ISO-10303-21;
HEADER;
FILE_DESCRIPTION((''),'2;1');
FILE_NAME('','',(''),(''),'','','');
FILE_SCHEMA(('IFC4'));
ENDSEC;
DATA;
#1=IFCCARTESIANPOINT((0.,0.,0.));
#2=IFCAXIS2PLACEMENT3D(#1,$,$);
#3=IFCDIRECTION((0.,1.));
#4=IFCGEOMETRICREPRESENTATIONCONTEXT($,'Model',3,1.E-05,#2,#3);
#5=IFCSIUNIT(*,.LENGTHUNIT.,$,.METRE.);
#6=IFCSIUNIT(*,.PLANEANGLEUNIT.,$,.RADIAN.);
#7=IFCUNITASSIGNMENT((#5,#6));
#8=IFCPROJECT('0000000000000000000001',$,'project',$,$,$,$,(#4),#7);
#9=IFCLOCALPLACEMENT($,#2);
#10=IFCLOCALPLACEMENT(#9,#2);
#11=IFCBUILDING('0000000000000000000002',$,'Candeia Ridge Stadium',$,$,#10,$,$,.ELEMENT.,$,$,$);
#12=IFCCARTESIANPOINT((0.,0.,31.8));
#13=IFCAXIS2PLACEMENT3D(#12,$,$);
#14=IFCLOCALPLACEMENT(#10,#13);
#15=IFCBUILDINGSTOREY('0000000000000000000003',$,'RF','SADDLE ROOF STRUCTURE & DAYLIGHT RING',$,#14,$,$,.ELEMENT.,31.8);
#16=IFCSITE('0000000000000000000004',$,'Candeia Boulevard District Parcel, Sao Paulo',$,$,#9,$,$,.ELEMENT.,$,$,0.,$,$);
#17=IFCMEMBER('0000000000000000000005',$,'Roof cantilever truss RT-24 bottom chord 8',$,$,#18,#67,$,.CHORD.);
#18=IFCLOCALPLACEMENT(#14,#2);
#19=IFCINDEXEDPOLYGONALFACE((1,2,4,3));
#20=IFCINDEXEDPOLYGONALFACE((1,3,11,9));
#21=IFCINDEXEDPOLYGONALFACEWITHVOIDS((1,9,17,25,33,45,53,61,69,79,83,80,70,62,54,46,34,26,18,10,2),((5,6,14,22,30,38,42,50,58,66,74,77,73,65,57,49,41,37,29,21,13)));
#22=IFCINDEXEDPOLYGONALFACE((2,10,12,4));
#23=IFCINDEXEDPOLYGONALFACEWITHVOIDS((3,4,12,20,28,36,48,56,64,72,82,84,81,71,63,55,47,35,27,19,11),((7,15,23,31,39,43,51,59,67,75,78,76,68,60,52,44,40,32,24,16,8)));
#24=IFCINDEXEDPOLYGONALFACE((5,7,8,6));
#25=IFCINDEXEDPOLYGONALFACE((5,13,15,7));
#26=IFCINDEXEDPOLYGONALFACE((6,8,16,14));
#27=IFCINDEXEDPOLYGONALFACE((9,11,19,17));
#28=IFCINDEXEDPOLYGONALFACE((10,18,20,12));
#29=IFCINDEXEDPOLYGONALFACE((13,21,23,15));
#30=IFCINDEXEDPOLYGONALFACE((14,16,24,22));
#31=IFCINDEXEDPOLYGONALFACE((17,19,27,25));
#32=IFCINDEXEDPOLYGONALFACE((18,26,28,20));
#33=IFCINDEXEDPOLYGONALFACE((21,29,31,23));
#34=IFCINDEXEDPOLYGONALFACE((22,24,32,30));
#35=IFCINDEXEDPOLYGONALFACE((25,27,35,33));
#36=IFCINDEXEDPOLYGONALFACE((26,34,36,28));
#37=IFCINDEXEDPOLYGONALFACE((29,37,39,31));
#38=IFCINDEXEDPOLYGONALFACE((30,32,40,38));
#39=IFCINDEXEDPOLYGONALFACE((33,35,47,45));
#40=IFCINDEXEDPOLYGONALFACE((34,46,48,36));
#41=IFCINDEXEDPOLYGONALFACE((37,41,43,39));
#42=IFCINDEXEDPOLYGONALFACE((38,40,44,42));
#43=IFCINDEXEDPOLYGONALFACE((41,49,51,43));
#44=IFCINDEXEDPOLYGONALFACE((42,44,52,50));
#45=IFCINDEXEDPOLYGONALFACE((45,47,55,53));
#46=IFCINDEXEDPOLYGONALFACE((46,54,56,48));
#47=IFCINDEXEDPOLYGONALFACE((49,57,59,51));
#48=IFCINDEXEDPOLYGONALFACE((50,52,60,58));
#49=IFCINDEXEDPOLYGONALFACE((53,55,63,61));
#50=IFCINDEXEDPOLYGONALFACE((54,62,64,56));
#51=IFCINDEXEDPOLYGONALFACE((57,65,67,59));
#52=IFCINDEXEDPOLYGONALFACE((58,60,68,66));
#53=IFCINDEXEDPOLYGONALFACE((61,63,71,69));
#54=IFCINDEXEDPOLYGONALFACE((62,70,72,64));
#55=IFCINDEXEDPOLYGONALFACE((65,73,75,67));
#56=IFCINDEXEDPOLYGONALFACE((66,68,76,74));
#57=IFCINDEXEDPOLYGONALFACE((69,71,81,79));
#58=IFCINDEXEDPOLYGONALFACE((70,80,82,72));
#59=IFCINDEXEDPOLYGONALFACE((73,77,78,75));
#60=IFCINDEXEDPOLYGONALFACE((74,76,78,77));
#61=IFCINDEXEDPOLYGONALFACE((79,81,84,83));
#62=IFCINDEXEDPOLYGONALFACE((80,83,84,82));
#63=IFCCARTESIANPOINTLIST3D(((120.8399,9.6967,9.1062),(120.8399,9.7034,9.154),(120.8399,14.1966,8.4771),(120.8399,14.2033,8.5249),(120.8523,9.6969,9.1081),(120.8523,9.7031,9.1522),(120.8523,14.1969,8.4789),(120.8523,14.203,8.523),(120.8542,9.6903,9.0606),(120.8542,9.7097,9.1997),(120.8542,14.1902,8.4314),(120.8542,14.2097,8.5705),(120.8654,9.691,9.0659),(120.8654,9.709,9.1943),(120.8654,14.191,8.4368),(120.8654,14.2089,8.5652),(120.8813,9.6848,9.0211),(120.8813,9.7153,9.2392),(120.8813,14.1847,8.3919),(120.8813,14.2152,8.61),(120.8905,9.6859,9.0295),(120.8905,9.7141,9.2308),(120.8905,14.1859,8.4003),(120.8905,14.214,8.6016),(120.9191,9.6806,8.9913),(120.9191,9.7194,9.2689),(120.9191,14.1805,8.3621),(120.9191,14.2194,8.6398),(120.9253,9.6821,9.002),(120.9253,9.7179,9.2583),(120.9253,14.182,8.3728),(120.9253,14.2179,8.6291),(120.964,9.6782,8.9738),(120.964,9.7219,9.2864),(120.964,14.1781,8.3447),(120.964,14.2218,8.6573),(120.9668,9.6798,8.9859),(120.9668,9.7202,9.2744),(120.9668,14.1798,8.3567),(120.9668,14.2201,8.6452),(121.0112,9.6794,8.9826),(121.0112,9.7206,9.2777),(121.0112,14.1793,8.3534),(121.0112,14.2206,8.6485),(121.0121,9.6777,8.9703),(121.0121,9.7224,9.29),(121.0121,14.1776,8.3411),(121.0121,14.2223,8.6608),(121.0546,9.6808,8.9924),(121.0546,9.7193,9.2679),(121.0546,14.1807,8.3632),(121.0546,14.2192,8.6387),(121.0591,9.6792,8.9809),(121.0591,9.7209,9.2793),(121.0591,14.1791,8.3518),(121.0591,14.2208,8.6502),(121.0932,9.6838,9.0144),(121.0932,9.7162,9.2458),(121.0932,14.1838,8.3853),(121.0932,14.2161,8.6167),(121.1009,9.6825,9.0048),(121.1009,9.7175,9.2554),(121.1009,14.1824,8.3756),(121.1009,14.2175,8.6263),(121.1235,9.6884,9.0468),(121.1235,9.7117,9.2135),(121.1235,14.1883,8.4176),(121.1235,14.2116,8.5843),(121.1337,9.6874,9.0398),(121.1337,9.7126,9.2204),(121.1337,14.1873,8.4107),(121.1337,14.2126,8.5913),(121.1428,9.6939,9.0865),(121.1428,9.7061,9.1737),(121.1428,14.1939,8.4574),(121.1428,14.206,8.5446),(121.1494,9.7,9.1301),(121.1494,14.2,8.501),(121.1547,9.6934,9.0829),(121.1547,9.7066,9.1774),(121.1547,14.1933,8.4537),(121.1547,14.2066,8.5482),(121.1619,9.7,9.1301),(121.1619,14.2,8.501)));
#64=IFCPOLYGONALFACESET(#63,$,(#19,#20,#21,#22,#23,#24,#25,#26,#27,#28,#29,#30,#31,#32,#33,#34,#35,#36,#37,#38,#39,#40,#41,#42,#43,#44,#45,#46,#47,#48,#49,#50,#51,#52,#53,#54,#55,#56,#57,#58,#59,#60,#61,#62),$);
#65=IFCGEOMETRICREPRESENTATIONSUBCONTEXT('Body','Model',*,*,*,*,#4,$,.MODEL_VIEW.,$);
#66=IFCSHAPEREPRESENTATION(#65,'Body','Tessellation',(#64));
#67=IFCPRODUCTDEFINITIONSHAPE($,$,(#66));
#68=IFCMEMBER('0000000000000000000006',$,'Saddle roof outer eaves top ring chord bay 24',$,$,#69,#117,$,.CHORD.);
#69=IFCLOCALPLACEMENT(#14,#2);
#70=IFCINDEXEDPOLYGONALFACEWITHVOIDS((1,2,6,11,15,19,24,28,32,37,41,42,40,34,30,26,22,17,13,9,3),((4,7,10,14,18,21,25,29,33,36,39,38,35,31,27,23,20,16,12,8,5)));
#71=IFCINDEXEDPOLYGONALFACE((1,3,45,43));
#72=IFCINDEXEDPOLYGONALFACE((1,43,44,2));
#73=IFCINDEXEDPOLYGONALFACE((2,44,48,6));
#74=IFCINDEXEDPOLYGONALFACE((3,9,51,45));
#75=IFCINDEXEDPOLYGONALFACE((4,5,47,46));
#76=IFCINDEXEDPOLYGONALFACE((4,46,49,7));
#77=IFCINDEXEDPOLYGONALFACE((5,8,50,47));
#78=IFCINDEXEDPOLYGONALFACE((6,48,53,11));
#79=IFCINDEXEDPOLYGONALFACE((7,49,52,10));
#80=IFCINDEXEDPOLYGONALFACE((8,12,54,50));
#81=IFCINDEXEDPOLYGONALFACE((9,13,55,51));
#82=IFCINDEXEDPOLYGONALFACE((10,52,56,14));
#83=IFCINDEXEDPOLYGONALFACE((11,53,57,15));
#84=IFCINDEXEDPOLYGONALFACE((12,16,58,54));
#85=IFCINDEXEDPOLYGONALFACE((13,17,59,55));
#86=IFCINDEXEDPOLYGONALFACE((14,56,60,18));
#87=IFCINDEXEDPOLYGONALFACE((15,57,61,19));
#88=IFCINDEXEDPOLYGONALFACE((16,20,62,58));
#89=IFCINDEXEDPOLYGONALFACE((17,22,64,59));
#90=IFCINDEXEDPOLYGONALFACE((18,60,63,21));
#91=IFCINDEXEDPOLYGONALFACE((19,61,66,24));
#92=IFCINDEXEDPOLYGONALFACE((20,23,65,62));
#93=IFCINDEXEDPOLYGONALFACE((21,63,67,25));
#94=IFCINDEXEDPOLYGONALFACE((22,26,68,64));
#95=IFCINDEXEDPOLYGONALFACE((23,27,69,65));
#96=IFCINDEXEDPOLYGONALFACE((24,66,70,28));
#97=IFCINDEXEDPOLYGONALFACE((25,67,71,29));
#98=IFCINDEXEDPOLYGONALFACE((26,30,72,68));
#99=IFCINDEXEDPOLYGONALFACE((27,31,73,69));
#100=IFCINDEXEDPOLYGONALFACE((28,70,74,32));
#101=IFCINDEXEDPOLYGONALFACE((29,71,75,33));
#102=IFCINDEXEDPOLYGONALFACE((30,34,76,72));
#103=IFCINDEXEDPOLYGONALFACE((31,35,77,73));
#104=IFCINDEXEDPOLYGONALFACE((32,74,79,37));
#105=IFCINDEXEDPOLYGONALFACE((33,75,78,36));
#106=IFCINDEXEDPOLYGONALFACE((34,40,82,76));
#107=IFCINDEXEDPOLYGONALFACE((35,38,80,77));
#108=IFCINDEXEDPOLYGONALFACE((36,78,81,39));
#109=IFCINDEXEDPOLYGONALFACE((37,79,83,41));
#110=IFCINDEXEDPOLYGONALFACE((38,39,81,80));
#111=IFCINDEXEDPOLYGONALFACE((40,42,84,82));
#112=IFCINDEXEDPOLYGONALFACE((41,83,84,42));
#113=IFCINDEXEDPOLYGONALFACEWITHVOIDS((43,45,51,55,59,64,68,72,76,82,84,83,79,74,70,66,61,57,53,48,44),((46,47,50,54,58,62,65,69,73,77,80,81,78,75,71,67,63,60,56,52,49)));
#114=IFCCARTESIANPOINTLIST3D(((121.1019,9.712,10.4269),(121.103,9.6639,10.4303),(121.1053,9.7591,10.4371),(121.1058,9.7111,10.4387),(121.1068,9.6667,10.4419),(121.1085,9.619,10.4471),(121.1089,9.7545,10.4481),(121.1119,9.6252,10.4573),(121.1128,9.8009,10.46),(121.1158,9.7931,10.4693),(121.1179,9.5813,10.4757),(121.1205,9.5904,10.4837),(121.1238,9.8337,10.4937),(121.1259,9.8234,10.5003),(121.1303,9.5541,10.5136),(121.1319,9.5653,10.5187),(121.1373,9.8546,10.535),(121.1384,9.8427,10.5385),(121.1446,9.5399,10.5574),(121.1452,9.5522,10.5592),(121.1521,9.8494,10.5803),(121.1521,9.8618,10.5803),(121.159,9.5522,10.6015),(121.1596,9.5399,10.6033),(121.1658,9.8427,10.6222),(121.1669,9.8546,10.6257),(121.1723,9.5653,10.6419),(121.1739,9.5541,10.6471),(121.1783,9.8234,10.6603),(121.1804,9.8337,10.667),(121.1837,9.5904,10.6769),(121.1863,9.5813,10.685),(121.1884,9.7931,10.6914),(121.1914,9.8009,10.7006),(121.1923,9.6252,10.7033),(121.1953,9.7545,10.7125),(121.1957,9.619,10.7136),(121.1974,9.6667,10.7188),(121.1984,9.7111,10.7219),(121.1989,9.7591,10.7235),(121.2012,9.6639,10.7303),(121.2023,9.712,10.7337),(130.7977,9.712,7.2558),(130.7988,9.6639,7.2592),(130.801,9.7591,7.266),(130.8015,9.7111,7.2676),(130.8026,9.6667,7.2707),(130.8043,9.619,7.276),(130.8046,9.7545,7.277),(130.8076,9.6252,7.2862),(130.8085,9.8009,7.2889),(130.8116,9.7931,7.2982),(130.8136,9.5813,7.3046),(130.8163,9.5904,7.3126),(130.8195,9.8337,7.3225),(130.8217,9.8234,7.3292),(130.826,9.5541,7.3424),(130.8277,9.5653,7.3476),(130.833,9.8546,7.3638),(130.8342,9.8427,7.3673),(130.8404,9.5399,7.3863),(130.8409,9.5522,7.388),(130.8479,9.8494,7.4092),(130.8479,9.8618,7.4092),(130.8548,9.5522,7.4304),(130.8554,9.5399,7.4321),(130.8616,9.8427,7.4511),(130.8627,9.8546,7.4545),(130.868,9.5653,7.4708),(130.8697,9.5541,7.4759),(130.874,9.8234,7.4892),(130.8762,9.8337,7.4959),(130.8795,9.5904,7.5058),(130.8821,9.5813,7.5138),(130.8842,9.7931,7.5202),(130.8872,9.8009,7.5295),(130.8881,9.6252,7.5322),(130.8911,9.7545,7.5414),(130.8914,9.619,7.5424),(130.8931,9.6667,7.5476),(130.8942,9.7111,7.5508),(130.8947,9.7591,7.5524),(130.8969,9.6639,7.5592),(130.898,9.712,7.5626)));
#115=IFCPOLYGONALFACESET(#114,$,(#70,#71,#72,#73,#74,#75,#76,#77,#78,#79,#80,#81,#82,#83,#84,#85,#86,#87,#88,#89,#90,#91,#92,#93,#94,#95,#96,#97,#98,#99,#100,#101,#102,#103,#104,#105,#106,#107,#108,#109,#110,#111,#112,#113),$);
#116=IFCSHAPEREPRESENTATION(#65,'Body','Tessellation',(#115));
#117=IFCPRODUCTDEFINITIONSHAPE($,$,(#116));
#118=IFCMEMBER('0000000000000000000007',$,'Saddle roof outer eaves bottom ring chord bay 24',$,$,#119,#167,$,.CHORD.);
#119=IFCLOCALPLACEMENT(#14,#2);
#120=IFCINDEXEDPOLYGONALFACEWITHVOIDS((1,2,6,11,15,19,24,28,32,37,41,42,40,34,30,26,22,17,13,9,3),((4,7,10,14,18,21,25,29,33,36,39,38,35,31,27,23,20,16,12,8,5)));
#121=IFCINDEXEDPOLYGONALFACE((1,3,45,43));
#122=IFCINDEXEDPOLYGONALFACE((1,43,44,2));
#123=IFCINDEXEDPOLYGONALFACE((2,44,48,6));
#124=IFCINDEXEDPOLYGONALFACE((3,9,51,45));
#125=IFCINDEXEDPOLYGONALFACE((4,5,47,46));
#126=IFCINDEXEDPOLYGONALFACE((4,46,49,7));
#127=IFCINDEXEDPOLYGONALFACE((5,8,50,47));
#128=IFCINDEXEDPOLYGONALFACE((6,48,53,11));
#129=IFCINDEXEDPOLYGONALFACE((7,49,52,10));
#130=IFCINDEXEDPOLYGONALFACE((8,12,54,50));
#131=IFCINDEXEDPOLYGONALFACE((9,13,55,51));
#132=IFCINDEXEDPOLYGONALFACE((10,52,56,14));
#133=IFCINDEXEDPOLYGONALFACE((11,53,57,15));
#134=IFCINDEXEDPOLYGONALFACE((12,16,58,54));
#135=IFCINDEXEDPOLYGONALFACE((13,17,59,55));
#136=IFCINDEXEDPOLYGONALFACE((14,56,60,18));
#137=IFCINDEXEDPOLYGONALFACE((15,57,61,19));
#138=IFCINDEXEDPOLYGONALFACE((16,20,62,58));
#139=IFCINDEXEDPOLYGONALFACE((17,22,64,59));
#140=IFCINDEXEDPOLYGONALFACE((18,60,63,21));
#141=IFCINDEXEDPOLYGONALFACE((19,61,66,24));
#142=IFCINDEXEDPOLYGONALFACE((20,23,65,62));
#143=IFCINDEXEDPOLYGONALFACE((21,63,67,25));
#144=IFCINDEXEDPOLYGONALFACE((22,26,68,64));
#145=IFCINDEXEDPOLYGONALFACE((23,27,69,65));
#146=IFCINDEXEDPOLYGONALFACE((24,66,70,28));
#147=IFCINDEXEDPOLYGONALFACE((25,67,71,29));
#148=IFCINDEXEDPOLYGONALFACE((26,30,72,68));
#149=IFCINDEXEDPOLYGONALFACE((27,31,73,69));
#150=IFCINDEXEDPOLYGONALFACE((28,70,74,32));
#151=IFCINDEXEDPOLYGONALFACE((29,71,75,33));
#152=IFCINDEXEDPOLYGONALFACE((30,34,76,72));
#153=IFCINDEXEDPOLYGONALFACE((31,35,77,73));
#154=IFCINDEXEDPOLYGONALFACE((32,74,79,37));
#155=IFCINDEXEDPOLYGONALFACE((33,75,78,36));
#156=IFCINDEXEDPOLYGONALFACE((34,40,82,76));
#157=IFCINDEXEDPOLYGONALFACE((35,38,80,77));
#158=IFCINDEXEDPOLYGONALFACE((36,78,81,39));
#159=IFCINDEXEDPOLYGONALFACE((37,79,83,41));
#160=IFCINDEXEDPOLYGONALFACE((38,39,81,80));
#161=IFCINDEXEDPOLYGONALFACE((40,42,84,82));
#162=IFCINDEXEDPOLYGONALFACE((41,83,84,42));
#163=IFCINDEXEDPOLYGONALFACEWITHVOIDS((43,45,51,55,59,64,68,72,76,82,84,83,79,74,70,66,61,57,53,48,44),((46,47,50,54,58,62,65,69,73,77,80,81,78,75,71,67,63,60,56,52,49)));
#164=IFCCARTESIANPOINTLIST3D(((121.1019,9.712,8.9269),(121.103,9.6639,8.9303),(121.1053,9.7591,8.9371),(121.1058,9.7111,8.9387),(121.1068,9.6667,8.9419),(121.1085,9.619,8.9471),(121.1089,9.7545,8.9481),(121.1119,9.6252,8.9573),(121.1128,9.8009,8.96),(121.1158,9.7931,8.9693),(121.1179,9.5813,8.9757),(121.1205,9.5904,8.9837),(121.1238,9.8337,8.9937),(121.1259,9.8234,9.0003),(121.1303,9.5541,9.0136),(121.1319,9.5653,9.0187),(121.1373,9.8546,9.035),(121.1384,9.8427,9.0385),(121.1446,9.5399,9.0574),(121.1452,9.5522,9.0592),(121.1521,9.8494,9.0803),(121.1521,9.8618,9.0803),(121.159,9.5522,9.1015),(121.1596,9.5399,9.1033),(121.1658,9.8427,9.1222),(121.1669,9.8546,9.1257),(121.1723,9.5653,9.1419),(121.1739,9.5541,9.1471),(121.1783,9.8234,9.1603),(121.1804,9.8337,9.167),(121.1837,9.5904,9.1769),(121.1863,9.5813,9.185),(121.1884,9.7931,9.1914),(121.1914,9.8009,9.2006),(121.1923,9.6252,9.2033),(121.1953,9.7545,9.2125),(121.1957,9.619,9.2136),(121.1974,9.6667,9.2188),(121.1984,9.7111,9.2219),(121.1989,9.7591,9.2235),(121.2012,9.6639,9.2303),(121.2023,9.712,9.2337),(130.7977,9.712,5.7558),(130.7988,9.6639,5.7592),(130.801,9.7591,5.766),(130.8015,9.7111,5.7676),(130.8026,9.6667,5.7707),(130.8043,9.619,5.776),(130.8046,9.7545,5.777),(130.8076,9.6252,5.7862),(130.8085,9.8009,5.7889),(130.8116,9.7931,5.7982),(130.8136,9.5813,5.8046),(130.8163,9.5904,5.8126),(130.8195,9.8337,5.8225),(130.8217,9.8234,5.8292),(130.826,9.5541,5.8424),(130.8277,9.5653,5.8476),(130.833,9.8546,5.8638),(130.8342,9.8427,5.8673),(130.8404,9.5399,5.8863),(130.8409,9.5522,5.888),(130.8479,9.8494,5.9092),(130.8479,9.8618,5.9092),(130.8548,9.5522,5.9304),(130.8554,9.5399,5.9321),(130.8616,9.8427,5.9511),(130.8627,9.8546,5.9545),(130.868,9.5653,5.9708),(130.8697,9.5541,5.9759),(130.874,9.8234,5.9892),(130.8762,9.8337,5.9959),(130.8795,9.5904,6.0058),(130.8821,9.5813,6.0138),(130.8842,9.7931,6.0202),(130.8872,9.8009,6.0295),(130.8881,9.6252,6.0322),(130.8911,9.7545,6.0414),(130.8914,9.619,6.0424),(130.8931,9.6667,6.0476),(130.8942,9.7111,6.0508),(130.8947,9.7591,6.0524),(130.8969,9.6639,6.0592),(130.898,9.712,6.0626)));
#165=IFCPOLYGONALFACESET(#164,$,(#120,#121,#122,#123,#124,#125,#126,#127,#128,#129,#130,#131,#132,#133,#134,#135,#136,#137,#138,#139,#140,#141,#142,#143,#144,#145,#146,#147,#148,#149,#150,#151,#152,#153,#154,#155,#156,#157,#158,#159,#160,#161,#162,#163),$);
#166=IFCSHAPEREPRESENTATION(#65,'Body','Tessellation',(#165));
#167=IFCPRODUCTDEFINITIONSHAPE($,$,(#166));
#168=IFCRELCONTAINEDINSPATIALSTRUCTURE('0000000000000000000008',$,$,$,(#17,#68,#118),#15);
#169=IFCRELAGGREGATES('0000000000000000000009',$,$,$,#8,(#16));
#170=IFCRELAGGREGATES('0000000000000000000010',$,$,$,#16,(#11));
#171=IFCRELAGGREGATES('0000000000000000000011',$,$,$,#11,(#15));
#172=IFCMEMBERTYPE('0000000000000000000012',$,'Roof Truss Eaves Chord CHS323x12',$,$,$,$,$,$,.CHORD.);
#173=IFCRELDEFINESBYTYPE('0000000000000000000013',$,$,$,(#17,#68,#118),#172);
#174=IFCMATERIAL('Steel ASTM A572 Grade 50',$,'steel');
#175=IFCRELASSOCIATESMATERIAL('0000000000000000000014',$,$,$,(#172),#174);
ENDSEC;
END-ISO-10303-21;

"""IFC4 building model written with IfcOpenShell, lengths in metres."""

from ifc_helpers import new_model, si_unit, direction, frame, origin, origin_2d, place, context, subcontext, project, spatial, hollow_circle, extrude, material, material_profile, profile_set, type_object, element, save


model = new_model("IFC4")

# Units and contexts
model_context = context("Model", 3, precision=1e-05, world=origin(), true_north=direction((0.0, 1.0)))
body_context = subcontext(model_context, "Body", "Model", "MODEL_VIEW")
ifc_project = project(units=[si_unit("LENGTHUNIT", "METRE"), si_unit("PLANEANGLEUNIT", "RADIAN")], contexts=[model_context])

# Site, building, storey
site_placement = place(None, origin())
site = spatial("IfcSite", under=ifc_project, at=site_placement, Name="Candeia Boulevard District Parcel, Sao Paulo", CompositionType="ELEMENT", RefElevation=0.0)
building_placement = place(site_placement, origin())
building = spatial("IfcBuilding", under=site, at=building_placement, Name="Candeia Ridge Stadium", CompositionType="ELEMENT")
storey_placement = place(building_placement, frame((0.0, 0.0, 31.8)))
storey = spatial("IfcBuildingStorey", under=building, at=storey_placement, Name="RF", Description="SADDLE ROOF STRUCTURE & DAYLIGHT RING", CompositionType="ELEMENT", Elevation=31.8)

# Shared definitions
ifc_material_1 = material(Name="Steel ASTM A572 Grade 50", Category="steel")

# Members
ifc_material_profile_1 = material_profile(ifc_material_1, hollow_circle(Radius=0.1619, WallThickness=0.0125, at=origin_2d()), Name="CHS323x12", Category="steel")
ifc_profile_set_1 = profile_set([ifc_material_profile_1], Name="Steel ASTM A572 Grade 50")
member_type_1 = type_object("IfcMemberType", Name="Roof Truss Eaves Chord CHS323x12", PredefinedType="CHORD", material=ifc_profile_set_1)
member_1_placement = place(storey_placement, frame((121.0, 14.2, 8.501), z_axis=(0.0, -0.990367, 0.138464), x_axis=(1.0, 0.0, 0.0)))
element("IfcMember", 1, at=member_1_placement, inside=storey, type_object=member_type_1, Name="Roof cantilever truss RT-24 bottom chord 8", PredefinedType="CHORD", context=body_context, shape_type="SweptSolid", body=[
    extrude(hollow_circle(Radius=0.1619, WallThickness=0.0125, at=origin_2d()), origin(), (0.0, 0.0, 1.0), 4.5437),
])
for number, where, z_axis, x_axis, name in (
    (2, (121.1521, 9.7, 10.5803), (0.950456, 0.0, -0.310859), (0.0, 1.0, 0.0), "Saddle roof outer eaves top ring chord bay 24"),
    (3, (121.1521, 9.7, 9.0803), (0.950456, 0.0, -0.310859), (0.0, 1.0, 0.0), "Saddle roof outer eaves bottom ring chord bay 24"),
):
    element("IfcMember", number, at=place(storey_placement, frame(where, z_axis=z_axis, x_axis=x_axis)), inside=storey, type_object=member_type_1, Name=name, PredefinedType="CHORD", context=body_context, shape_type="SweptSolid", body=[
        extrude(hollow_circle(Radius=0.1619, WallThickness=0.0125, at=origin_2d()), origin(), (0.0, 0.0, 1.0), 10.2012),
    ])

save(model, "model.ifc")
